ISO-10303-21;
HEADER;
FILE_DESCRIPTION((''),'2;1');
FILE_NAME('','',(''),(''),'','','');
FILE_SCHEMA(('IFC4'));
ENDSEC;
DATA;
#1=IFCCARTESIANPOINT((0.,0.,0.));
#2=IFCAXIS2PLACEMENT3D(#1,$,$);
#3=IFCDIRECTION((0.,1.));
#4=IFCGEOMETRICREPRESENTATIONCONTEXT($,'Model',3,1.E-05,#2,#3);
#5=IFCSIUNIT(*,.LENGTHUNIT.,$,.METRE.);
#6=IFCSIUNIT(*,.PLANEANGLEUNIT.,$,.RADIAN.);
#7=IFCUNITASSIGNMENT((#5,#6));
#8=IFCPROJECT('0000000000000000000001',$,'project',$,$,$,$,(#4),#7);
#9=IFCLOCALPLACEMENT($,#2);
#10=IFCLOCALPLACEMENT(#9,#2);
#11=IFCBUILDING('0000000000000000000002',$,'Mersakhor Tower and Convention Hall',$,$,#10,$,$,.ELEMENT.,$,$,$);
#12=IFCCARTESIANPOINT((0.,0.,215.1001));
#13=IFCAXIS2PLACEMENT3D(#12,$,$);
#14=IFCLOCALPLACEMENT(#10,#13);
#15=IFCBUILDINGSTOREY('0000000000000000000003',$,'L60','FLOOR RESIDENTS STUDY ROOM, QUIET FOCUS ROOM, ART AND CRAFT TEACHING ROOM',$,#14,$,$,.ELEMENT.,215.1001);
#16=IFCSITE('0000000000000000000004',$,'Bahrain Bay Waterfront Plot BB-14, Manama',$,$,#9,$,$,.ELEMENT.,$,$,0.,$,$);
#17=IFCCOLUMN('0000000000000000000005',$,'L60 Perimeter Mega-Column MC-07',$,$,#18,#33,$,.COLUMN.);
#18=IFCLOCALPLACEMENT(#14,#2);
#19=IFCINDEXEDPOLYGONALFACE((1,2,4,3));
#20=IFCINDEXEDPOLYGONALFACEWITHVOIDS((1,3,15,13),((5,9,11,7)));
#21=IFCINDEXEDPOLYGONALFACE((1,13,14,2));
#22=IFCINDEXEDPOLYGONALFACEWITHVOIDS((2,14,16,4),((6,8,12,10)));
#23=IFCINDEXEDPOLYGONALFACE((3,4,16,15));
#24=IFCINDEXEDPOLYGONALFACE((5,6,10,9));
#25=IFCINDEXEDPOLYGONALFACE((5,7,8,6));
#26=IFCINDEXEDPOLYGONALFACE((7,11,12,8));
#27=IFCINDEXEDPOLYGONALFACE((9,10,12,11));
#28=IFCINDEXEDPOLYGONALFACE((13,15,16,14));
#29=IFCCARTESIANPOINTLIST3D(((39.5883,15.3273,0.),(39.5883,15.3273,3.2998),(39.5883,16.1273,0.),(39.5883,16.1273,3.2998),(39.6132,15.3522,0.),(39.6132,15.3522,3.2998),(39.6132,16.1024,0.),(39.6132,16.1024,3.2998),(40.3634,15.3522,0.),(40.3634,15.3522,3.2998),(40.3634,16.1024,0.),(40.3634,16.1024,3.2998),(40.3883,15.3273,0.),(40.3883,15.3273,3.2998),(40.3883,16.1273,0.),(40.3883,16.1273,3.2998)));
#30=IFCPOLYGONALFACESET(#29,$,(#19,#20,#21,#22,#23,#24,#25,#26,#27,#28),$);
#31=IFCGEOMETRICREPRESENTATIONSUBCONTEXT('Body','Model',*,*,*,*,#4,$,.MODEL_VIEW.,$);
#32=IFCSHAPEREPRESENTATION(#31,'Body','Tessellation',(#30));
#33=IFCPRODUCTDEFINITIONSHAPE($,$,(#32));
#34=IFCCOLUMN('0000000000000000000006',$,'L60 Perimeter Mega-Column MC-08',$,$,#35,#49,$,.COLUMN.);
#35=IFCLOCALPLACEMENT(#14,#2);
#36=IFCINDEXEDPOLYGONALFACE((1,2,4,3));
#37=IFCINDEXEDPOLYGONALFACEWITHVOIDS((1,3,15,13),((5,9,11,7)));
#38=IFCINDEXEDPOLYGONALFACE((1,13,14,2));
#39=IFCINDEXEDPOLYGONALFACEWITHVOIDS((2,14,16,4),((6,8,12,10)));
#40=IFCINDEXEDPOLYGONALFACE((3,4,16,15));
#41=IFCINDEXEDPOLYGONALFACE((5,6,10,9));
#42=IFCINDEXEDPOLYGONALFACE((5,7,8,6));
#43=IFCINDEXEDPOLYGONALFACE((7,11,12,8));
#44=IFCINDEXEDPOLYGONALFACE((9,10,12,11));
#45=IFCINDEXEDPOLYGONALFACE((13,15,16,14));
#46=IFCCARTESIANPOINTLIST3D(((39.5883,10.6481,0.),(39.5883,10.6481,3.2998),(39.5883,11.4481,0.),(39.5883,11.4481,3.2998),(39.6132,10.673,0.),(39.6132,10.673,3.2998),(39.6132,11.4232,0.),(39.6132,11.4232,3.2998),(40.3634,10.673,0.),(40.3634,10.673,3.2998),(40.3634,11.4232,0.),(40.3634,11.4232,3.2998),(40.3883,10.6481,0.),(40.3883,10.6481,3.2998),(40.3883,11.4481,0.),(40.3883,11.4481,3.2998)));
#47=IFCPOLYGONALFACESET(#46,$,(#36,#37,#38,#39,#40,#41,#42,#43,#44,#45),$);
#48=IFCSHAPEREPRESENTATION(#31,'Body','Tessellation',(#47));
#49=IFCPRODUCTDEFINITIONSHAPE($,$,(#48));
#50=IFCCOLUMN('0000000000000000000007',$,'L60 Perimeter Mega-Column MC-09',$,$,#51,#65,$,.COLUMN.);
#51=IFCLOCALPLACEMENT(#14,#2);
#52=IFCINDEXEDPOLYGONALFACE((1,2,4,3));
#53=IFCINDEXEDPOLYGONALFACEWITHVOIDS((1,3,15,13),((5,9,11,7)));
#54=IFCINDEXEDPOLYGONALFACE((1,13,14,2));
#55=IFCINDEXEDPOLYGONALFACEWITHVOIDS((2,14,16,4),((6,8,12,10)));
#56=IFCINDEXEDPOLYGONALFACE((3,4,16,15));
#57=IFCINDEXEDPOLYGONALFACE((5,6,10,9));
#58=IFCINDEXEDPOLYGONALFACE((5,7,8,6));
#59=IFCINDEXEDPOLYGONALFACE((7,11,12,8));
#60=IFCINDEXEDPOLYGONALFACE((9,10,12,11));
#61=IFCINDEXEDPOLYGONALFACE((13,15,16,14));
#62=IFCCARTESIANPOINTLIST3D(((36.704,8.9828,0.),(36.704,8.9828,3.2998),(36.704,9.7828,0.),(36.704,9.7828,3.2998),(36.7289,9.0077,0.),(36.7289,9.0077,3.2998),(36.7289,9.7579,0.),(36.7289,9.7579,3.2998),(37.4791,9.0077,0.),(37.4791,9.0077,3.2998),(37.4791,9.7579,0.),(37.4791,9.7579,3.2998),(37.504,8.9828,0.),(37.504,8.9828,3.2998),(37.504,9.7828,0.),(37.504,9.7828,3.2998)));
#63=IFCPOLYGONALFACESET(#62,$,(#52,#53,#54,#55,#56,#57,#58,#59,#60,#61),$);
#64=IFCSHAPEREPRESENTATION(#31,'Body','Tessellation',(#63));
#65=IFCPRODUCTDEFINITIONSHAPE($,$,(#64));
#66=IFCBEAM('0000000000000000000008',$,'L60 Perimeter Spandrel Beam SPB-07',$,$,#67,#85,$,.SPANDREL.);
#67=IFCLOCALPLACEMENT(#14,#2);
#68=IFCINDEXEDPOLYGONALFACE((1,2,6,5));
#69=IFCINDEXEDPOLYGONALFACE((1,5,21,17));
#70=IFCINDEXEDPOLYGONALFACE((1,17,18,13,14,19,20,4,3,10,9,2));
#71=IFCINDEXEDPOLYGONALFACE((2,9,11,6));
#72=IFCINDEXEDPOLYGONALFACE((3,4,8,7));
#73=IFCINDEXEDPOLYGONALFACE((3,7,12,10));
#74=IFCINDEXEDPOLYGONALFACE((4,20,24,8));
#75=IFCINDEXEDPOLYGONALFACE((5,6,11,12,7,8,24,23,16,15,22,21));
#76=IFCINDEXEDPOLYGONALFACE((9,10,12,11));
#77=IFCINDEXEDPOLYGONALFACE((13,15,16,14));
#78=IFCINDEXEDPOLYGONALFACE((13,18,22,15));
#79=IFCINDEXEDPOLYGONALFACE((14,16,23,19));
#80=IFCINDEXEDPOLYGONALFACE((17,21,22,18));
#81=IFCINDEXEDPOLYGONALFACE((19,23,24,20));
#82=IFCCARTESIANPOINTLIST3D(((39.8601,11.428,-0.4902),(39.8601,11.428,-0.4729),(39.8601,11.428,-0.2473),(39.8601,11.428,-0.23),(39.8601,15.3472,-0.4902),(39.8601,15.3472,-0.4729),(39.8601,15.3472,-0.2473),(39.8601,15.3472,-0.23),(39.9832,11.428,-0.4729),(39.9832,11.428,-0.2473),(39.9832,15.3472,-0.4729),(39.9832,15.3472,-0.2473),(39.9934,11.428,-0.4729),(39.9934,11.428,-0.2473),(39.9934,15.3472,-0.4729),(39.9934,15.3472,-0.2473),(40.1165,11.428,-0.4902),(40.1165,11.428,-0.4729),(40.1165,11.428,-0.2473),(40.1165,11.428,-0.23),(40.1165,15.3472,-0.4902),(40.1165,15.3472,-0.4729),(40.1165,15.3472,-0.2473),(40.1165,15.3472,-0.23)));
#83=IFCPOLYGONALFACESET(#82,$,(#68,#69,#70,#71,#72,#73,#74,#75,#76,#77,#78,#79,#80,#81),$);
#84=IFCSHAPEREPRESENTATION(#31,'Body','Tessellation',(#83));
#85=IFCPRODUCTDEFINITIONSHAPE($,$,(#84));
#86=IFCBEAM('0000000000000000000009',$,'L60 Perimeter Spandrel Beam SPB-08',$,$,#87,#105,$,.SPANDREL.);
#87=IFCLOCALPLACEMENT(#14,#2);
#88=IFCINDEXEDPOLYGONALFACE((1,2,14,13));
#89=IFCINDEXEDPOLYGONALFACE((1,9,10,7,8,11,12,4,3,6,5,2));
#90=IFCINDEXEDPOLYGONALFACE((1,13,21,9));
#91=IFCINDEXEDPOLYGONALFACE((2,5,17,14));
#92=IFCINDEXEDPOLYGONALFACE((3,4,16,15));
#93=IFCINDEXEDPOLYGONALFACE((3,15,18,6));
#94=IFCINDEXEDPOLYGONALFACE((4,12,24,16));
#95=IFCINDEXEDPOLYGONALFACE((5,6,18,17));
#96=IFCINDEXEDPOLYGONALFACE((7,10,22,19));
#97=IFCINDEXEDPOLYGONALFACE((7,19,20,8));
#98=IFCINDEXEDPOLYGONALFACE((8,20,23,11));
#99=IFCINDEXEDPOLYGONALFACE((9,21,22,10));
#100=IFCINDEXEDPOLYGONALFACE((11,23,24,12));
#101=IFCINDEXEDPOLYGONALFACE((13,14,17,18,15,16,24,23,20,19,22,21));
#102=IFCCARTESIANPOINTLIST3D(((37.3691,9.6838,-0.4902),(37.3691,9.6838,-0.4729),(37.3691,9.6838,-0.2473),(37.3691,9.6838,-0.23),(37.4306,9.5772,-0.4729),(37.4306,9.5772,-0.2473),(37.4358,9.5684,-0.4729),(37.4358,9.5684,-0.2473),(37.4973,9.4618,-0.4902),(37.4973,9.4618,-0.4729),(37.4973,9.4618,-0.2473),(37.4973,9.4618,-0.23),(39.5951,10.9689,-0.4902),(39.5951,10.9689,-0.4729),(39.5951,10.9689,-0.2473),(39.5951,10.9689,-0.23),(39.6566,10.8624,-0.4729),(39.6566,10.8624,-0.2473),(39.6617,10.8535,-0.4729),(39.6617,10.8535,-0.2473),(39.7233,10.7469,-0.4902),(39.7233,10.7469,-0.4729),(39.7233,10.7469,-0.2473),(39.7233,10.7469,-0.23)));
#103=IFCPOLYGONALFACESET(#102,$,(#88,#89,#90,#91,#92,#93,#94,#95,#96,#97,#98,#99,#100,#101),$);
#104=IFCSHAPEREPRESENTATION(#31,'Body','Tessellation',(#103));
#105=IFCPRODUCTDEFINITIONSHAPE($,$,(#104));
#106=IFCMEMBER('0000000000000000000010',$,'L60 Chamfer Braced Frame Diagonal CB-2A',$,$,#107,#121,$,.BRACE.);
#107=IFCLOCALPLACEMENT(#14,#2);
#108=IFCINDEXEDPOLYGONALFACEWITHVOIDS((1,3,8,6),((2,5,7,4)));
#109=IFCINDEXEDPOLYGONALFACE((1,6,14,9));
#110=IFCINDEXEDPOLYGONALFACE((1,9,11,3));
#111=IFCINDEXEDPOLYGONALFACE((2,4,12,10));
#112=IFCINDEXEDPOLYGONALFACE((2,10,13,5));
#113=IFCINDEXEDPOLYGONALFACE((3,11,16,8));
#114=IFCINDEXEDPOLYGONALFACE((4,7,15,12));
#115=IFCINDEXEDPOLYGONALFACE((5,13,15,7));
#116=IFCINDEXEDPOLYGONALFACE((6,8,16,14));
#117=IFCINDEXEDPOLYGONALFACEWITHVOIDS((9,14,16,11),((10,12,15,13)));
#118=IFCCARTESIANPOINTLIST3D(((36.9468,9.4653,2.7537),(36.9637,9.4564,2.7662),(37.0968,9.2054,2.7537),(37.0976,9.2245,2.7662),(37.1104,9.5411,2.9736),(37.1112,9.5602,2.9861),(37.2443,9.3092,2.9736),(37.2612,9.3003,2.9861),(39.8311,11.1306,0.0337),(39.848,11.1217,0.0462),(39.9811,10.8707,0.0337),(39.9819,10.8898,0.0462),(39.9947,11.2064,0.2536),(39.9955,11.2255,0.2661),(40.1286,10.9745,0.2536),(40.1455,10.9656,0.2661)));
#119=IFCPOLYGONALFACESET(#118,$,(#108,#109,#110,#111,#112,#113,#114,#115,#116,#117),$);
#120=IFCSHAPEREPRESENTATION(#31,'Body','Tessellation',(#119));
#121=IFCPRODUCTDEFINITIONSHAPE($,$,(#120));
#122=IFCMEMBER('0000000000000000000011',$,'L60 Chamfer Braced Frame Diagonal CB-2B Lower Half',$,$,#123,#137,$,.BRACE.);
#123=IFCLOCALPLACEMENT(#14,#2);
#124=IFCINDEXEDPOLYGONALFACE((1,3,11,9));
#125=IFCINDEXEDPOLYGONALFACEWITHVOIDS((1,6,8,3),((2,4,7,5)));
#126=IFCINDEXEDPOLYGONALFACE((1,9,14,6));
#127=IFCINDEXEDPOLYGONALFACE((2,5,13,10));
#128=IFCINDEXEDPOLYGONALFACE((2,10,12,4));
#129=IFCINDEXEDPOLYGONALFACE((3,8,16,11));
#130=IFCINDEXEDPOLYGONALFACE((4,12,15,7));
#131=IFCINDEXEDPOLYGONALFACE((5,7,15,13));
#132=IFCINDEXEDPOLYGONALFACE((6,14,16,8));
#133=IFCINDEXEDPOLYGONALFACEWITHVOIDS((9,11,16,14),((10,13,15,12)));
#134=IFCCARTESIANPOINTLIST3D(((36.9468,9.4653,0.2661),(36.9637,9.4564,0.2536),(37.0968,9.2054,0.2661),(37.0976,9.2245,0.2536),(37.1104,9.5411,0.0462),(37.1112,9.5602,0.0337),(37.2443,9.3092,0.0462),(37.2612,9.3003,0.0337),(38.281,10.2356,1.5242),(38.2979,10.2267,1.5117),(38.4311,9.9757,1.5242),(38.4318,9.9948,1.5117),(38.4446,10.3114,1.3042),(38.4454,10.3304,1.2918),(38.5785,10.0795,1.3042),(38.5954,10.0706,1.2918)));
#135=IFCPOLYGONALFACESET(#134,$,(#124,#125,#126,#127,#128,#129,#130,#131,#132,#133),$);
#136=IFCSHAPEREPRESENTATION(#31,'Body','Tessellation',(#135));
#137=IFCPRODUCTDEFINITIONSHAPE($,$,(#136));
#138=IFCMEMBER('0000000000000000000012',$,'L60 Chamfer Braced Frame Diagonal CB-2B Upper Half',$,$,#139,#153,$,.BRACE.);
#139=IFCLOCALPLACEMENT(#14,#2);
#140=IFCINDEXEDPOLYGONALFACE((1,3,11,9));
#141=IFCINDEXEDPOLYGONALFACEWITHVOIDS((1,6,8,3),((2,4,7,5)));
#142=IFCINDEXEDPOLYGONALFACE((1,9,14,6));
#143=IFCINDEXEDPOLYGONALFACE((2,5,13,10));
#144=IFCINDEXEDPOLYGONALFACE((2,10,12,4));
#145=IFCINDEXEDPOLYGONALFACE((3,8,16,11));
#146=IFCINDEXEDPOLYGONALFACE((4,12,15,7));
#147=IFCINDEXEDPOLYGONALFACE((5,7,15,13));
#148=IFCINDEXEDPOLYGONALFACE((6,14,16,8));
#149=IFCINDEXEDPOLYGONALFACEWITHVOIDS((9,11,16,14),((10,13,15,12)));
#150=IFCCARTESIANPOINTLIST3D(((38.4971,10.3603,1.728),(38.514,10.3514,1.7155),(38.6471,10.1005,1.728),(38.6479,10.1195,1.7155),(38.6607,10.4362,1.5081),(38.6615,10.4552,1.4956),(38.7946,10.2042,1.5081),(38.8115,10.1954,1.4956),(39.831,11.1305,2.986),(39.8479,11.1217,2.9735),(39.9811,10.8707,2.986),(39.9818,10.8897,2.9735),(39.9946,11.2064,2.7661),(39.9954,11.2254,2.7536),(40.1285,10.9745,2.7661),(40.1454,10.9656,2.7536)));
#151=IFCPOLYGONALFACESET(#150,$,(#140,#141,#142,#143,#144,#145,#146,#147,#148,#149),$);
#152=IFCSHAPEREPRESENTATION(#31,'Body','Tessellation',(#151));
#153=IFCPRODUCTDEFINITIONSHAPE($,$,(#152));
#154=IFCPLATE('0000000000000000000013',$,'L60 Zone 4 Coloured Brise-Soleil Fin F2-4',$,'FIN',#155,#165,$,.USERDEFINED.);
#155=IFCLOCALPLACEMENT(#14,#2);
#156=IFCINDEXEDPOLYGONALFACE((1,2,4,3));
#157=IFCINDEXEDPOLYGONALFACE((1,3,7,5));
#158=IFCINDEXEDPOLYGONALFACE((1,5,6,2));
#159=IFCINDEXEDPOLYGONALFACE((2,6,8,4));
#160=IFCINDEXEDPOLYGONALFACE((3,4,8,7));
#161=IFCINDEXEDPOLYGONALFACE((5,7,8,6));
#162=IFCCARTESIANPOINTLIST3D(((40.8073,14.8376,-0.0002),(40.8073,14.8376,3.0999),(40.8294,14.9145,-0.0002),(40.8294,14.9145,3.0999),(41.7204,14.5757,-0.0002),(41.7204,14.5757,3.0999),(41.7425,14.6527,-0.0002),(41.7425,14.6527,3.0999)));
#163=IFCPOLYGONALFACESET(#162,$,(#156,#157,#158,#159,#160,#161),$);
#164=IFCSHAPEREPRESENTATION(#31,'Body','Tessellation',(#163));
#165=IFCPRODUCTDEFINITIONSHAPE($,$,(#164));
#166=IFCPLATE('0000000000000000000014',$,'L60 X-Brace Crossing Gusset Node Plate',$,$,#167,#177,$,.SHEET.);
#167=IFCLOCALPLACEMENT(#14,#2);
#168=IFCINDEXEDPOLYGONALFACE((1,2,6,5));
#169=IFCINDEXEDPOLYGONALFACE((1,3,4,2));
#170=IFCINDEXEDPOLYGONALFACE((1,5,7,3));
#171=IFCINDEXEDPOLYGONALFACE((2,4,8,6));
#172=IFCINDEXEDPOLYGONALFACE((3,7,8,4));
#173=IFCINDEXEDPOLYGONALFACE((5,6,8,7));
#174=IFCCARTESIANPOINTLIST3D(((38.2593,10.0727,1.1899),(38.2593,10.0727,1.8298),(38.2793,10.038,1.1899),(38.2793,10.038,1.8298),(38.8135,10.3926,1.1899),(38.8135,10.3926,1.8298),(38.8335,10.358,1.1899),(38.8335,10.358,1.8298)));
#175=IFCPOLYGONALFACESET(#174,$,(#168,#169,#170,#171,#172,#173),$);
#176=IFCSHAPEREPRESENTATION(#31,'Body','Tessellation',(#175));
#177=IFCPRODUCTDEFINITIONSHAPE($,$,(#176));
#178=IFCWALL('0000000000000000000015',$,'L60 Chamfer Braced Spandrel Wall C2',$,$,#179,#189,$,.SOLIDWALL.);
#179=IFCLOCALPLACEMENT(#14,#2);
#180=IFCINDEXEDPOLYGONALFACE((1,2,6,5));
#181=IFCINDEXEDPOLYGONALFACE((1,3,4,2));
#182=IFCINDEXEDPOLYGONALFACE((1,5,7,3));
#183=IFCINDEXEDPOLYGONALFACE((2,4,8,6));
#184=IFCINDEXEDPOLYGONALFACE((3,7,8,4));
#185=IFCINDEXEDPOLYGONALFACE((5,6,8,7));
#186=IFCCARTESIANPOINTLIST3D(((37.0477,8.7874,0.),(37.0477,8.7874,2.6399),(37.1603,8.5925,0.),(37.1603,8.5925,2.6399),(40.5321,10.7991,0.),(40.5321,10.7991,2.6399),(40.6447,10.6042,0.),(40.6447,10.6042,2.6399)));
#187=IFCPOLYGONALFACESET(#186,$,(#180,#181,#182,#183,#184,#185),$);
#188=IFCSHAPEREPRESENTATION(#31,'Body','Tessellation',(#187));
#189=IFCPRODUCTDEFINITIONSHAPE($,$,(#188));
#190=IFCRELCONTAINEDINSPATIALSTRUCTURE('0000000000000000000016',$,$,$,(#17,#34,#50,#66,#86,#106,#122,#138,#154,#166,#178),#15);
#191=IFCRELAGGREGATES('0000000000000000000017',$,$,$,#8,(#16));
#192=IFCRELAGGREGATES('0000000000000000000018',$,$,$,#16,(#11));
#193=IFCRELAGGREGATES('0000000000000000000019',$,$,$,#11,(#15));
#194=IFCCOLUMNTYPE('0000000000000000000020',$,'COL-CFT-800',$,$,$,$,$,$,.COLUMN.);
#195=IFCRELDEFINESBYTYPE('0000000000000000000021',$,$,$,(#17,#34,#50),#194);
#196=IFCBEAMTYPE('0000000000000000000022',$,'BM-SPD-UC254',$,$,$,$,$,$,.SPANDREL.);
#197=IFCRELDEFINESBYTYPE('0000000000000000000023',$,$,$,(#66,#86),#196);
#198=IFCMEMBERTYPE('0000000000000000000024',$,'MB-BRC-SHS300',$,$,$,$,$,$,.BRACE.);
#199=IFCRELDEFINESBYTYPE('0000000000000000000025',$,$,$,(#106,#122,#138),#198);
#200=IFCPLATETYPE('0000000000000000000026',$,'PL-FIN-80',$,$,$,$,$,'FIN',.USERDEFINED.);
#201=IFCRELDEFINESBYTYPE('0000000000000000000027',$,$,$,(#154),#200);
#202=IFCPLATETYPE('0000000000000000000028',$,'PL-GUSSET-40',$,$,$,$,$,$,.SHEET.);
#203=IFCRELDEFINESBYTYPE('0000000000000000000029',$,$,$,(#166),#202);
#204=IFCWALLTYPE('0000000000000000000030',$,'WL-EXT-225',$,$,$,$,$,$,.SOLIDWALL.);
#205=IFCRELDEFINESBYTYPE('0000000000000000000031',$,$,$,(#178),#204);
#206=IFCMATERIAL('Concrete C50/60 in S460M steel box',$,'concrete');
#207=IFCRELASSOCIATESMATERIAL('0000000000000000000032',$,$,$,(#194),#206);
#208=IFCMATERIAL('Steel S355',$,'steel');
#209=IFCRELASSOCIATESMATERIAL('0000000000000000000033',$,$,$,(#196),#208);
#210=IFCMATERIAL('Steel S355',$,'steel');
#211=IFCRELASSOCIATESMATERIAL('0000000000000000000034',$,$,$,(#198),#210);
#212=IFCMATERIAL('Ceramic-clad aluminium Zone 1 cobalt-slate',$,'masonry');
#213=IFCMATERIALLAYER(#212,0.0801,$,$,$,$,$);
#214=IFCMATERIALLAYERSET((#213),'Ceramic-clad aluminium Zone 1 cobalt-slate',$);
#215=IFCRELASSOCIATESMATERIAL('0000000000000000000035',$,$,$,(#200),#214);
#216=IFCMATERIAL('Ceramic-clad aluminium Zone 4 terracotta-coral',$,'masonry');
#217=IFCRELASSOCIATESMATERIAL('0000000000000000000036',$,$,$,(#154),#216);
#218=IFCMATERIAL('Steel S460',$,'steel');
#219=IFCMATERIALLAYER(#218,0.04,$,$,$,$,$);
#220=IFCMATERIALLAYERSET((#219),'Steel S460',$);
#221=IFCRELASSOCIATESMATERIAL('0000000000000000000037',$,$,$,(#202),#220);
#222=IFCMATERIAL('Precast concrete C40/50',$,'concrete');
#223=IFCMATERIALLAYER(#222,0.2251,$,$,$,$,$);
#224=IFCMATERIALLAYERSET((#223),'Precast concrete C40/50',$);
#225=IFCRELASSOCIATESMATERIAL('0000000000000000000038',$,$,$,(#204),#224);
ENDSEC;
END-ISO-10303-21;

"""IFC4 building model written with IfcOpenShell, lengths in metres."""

from ifc_helpers import new_model, si_unit, direction, frame, frame_2d, origin, origin_2d, place, context, subcontext, project, spatial, rectangle, hollow_rectangle, i_section, extrude, material, layer, layer_set, material_profile, profile_set, type_object, element, save


model = new_model("IFC4")

# Units and contexts
model_context = context("Model", 3, precision=1e-05, world=origin(), true_north=direction((0.0, 1.0)))
body_context = subcontext(model_context, "Body", "Model", "MODEL_VIEW")
ifc_project = project(units=[si_unit("LENGTHUNIT", "METRE"), si_unit("PLANEANGLEUNIT", "RADIAN")], contexts=[model_context])

# Site, building, storey
site_placement = place(None, origin())
site = spatial("IfcSite", under=ifc_project, at=site_placement, Name="Bahrain Bay Waterfront Plot BB-14, Manama", CompositionType="ELEMENT", RefElevation=0.0)
building_placement = place(site_placement, origin())
building = spatial("IfcBuilding", under=site, at=building_placement, Name="Mersakhor Tower and Convention Hall", CompositionType="ELEMENT")
storey_placement = place(building_placement, frame((0.0, 0.0, 215.1001)))
storey = spatial("IfcBuildingStorey", under=building, at=storey_placement, Name="L60", Description="FLOOR RESIDENTS STUDY ROOM, QUIET FOCUS ROOM, ART AND CRAFT TEACHING ROOM", CompositionType="ELEMENT", Elevation=215.1001)

# Columns
ifc_material_1 = material(Name="Concrete C50/60 in S460M steel box", Category="concrete")
ifc_material_profile_1 = material_profile(ifc_material_1, hollow_rectangle(XDim=0.8, YDim=0.8, WallThickness=0.0249, at=origin_2d()), Name="SHS 800x800x25")
ifc_profile_set_1 = profile_set([ifc_material_profile_1], Name="Concrete C50/60 in S460M steel box")
column_type = type_object("IfcColumnType", Name="COL-CFT-800", PredefinedType="COLUMN", material=ifc_profile_set_1)
for number, where, z_axis, x_axis, name in (
    (1, (39.9883, 15.7273, 0.0), (0.0, 0.0, 1.0), (1.0, 0.0, 0.0), "L60 Perimeter Mega-Column MC-07"),
    (2, (39.9883, 11.0481, 0.0), (0.0, 0.0, 1.0), (1.0, 0.0, 0.0), "L60 Perimeter Mega-Column MC-08"),
    (3, (37.104, 9.3828, 0.0), (0.0, 0.0, 1.0), (1.0, 0.0, 0.0), "L60 Perimeter Mega-Column MC-09"),
):
    element("IfcColumn", number, at=place(storey_placement, frame(where, z_axis=z_axis, x_axis=x_axis)), inside=storey, type_object=column_type, Name=name, PredefinedType="COLUMN", context=body_context, shape_type="SweptSolid", body=[
        extrude(hollow_rectangle(XDim=0.8, YDim=0.8, WallThickness=0.0249, at=origin_2d()), origin(), (0.0, 0.0, 1.0), 3.2998),
    ])

# Beams
ifc_material_2 = material(Name="Steel S355", Category="steel")
ifc_material_profile_2 = material_profile(ifc_material_2, i_section(OverallWidth=0.2563, OverallDepth=0.2603, WebThickness=0.0103, FlangeThickness=0.0173, at=origin_2d()), Name="UC 254x254x89")
ifc_profile_set_2 = profile_set([ifc_material_profile_2], Name="Steel S355")
beam_type = type_object("IfcBeamType", Name="BM-SPD-UC254", PredefinedType="SPANDREL", material=ifc_profile_set_2)
beam_1_placement = place(storey_placement, frame((39.9883, 15.3472, -0.3601), z_axis=(0.0, -1.0, 0.0), x_axis=(1.0, 0.0, 0.0)))
element("IfcBeam", 4, at=beam_1_placement, inside=storey, type_object=beam_type, Name="L60 Perimeter Spandrel Beam SPB-07", PredefinedType="SPANDREL", context=body_context, shape_type="SweptSolid", body=[
    extrude(i_section(OverallWidth=0.2563, OverallDepth=0.2603, WebThickness=0.0103, FlangeThickness=0.0173, at=origin_2d()), origin(), (0.0, 0.0, 1.0), 3.9192),
])
beam_2_placement = place(storey_placement, frame((39.6592, 10.8579, -0.3601), z_axis=(-0.866037, -0.49998, 0.0), x_axis=(0.49998, -0.866037, 0.0)))
element("IfcBeam", 5, at=beam_2_placement, inside=storey, type_object=beam_type, Name="L60 Perimeter Spandrel Beam SPB-08", PredefinedType="SPANDREL", context=body_context, shape_type="SweptSolid", body=[
    extrude(i_section(OverallWidth=0.2563, OverallDepth=0.2603, WebThickness=0.0103, FlangeThickness=0.0173, at=origin_2d()), origin(), (0.0, 0.0, 1.0), 2.5703),
])

# Members
ifc_material_3 = material(Name="Steel S355", Category="steel")
ifc_material_profile_3 = material_profile(ifc_material_3, hollow_rectangle(XDim=0.3, YDim=0.3, WallThickness=0.0161, at=origin_2d()), Name="SHS 300x300x16")
ifc_profile_set_3 = profile_set([ifc_material_profile_3], Name="Steel S355")
member_type = type_object("IfcMemberType", Name="MB-BRC-SHS300", PredefinedType="BRACE", material=ifc_profile_set_3)
member_1_placement = place(storey_placement, frame((39.9883, 11.0481, 0.1499), z_axis=(-0.670754, -0.38727, 0.632543), x_axis=(0.50001, -0.86602, 0.0)))
element("IfcMember", 6, at=member_1_placement, inside=storey, type_object=member_type, Name="L60 Chamfer Braced Frame Diagonal CB-2A", PredefinedType="BRACE", context=body_context, shape_type="SweptSolid", body=[
    extrude(hollow_rectangle(XDim=0.3, YDim=0.3, WallThickness=0.0161, at=origin_2d()), origin(), (0.0, 0.0, 1.0), 4.3),
])
member_2_placement = place(storey_placement, frame((37.104, 9.3828, 0.1499), z_axis=(0.670799, 0.387259, 0.632503), x_axis=(-0.499974, 0.86604, 0.0)))
element("IfcMember", 7, at=member_2_placement, inside=storey, type_object=member_type, Name="L60 Chamfer Braced Frame Diagonal CB-2B Lower Half", PredefinedType="BRACE", context=body_context, shape_type="SweptSolid", body=[
    extrude(hollow_rectangle(XDim=0.3, YDim=0.3, WallThickness=0.0161, at=origin_2d()), origin(), (0.0, 0.0, 1.0), 1.989),
])
member_3_placement = place(storey_placement, frame((38.6543, 10.2778, 1.6118), z_axis=(0.670731, 0.387291, 0.632555), x_axis=(-0.500043, 0.866001, 0.0)))
element("IfcMember", 8, at=member_3_placement, inside=storey, type_object=member_type, Name="L60 Chamfer Braced Frame Diagonal CB-2B Upper Half", PredefinedType="BRACE", context=body_context, shape_type="SweptSolid", body=[
    extrude(hollow_rectangle(XDim=0.3, YDim=0.3, WallThickness=0.0161, at=origin_2d()), origin(), (0.0, 0.0, 1.0), 1.9888),
])

# Plates
ifc_material_4 = material(Name="Ceramic-clad aluminium Zone 4 terracotta-coral", Category="masonry")
ifc_material_5 = material(Name="Ceramic-clad aluminium Zone 1 cobalt-slate", Category="masonry")
ifc_layer_1 = layer(ifc_material_5, 0.0801)
ifc_layer_set_1 = layer_set([ifc_layer_1], Name="Ceramic-clad aluminium Zone 1 cobalt-slate")
plate_type_1 = type_object("IfcPlateType", Name="PL-FIN-80", ElementType="FIN", PredefinedType="USERDEFINED", material=ifc_layer_set_1)
plate_1_placement = place(storey_placement, frame((41.2749, 14.7451, -0.0002), z_axis=(0.0, 0.0, 1.0), x_axis=(0.961262, -0.275637, 0.0)))
element("IfcPlate", 9, at=plate_1_placement, inside=storey, type_object=plate_type_1, material=ifc_material_4, Name="L60 Zone 4 Coloured Brise-Soleil Fin F2-4", ObjectType="FIN", PredefinedType="USERDEFINED", context=body_context, shape_type="SweptSolid", body=[
    extrude(rectangle(XDim=0.95, YDim=0.0801, at=origin_2d()), origin(), (0.0, 0.0, 1.0), 3.1001),
])
ifc_material_6 = material(Name="Steel S460", Category="steel")
ifc_layer_2 = layer(ifc_material_6, 0.04)
ifc_layer_set_2 = layer_set([ifc_layer_2], Name="Steel S460")
plate_type_2 = type_object("IfcPlateType", Name="PL-GUSSET-40", PredefinedType="SHEET", material=ifc_layer_set_2)
plate_2_placement = place(storey_placement, frame((38.5464, 10.2153, 1.1899), z_axis=(0.0, 0.0, 1.0), x_axis=(0.866025, 0.5, 0.0)))
element("IfcPlate", 10, at=plate_2_placement, inside=storey, type_object=plate_type_2, Name="L60 X-Brace Crossing Gusset Node Plate", PredefinedType="SHEET", context=body_context, shape_type="SweptSolid", body=[
    extrude(rectangle(XDim=0.6399, YDim=0.04, at=origin_2d()), origin(), (0.0, 0.0, 1.0), 0.6399),
])

# Wall
ifc_material_7 = material(Name="Precast concrete C40/50", Category="concrete")
ifc_layer_3 = layer(ifc_material_7, 0.2251)
ifc_layer_set_3 = layer_set([ifc_layer_3], Name="Precast concrete C40/50")
wall_type_1 = type_object("IfcWallType", Name="WL-EXT-225", PredefinedType="SOLIDWALL", material=ifc_layer_set_3)
wall_1_placement = place(storey_placement, frame((40.5884, 10.7017, 0.0), z_axis=(0.0, 0.0, 1.0), x_axis=(-0.866024, -0.500003, 0.0)))
element("IfcWall", 11, at=wall_1_placement, inside=storey, type_object=wall_type_1, Name="L60 Chamfer Braced Spandrel Wall C2", PredefinedType="SOLIDWALL", context=body_context, shape_type="SweptSolid", body=[
    extrude(rectangle(XDim=4.0234, YDim=0.2251, at=frame_2d((2.0117, 0.0))), origin(), (0.0, 0.0, 1.0), 2.6399),
])

save(model, "model.ifc")
